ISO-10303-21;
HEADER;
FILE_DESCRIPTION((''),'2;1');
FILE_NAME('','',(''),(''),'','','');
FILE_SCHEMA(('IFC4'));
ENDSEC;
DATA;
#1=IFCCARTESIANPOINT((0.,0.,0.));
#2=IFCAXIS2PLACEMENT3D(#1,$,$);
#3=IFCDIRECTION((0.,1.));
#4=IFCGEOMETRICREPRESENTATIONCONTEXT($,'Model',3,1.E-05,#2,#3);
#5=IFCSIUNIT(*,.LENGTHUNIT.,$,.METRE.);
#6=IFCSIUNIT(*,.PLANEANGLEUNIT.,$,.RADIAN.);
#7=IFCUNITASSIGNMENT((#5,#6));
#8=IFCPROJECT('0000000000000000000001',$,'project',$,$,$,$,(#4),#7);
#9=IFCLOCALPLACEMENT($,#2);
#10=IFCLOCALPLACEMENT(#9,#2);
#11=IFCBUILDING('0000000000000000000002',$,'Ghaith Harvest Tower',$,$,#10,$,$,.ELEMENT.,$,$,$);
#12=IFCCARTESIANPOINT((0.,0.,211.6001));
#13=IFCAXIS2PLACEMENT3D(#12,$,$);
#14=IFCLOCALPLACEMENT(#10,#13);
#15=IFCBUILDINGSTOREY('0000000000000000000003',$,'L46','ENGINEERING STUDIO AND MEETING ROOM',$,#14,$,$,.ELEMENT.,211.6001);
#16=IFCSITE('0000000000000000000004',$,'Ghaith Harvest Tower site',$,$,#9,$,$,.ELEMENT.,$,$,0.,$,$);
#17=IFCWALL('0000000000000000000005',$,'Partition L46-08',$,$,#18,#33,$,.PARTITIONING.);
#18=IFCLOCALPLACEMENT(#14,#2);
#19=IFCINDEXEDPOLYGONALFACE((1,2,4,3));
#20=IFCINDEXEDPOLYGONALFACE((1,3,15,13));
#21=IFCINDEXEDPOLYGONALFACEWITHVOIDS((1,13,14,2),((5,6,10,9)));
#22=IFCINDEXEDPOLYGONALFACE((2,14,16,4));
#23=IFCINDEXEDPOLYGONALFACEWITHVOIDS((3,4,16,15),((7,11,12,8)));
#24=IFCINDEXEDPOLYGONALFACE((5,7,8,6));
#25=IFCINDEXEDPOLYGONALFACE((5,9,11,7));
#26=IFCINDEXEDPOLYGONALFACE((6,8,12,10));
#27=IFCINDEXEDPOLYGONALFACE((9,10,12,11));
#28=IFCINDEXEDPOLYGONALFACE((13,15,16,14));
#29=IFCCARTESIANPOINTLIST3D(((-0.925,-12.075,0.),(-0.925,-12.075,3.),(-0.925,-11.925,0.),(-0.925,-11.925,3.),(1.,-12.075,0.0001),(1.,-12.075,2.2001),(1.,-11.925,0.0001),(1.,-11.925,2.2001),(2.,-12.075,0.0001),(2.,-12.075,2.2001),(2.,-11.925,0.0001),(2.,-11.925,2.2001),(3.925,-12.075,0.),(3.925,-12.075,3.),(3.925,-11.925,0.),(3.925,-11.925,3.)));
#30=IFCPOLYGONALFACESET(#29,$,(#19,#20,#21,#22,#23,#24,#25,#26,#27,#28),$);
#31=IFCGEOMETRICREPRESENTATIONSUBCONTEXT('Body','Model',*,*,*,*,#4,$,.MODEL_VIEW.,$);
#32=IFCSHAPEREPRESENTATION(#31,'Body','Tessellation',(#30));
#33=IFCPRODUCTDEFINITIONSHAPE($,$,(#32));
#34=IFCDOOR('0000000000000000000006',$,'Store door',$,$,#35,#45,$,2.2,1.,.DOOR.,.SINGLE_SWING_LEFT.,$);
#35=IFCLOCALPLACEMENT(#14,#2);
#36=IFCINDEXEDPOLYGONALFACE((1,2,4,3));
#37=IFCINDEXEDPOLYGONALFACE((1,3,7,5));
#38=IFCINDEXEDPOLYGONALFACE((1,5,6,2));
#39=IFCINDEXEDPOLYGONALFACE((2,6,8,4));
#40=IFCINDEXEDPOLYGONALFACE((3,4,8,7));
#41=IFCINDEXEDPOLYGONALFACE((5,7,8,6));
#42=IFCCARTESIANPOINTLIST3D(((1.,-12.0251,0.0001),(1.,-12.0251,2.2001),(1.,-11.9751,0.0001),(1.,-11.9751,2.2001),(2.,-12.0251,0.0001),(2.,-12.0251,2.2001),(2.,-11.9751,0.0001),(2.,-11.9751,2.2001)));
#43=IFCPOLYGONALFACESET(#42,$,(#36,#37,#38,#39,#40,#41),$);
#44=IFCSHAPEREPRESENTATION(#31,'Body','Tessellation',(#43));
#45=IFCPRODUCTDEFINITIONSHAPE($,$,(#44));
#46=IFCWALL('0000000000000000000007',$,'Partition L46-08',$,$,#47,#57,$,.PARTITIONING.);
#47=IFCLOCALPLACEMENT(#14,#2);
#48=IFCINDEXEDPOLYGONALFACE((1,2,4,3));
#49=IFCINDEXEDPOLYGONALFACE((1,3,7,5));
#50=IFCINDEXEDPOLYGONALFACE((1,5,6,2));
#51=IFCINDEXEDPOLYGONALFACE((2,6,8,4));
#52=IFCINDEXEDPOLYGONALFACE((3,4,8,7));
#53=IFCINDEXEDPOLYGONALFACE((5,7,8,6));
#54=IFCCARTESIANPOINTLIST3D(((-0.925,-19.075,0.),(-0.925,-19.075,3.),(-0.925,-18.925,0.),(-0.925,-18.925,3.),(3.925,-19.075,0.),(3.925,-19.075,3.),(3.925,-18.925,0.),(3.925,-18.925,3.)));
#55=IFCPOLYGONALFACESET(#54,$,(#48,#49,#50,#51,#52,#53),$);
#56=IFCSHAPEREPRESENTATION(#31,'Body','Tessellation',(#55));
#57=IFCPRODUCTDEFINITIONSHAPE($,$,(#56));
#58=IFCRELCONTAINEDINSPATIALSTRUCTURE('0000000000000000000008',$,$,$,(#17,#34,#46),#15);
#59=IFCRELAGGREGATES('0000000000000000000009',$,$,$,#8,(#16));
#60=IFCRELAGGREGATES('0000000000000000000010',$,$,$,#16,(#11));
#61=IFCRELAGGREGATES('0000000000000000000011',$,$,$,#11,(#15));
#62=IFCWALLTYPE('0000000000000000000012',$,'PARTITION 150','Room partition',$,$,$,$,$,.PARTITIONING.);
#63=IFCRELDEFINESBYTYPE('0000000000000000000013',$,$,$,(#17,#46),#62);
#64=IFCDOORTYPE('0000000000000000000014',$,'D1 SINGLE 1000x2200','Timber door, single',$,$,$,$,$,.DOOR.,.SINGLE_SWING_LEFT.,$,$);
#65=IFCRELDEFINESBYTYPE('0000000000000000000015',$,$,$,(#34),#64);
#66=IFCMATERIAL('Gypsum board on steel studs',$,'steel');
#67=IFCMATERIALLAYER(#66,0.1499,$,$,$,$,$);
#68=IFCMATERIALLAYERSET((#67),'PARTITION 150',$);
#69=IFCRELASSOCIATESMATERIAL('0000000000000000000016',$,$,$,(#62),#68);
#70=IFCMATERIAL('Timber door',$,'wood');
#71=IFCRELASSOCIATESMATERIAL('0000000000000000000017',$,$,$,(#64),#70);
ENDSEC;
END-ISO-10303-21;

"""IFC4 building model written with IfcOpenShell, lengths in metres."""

from ifc_helpers import new_model, si_unit, direction, frame, frame_2d, origin, place, context, subcontext, project, spatial, rectangle, extrude, material, layer, layer_set, type_object, element, fill, save


model = new_model("IFC4")

# Units and contexts
model_context = context("Model", 3, precision=1e-05, world=origin(), true_north=direction((0.0, 1.0)))
body_context = subcontext(model_context, "Body", "Model", "MODEL_VIEW")
ifc_project = project(units=[si_unit("LENGTHUNIT", "METRE"), si_unit("PLANEANGLEUNIT", "RADIAN")], contexts=[model_context])

# Site, building, storey
site_placement = place(None, origin())
site = spatial("IfcSite", under=ifc_project, at=site_placement, Name="Ghaith Harvest Tower site", CompositionType="ELEMENT", RefElevation=0.0)
building_placement = place(site_placement, origin())
building = spatial("IfcBuilding", under=site, at=building_placement, Name="Ghaith Harvest Tower", CompositionType="ELEMENT")
storey_placement = place(building_placement, frame((0.0, 0.0, 211.6001)))
storey = spatial("IfcBuildingStorey", under=building, at=storey_placement, Name="L46", Description="ENGINEERING STUDIO AND MEETING ROOM", CompositionType="ELEMENT", Elevation=211.6001)

# Shared definitions
ifc_material_1 = material(Name="Gypsum board on steel studs", Category="steel")
ifc_layer_1 = layer(ifc_material_1, 0.1499)
ifc_layer_set_1 = layer_set([ifc_layer_1], Name="PARTITION 150")
wall_type = type_object("IfcWallType", Name="PARTITION 150", Description="Room partition", PredefinedType="PARTITIONING", material=ifc_layer_set_1)

# Wall, opening, door
wall_1_placement = place(storey_placement, frame((-0.925, -12.0, 0.0), z_axis=(0.0, 0.0, 1.0), x_axis=(1.0, 0.0, 0.0)))
wall_1 = element("IfcWall", 1, at=wall_1_placement, inside=storey, type_object=wall_type, Name="Partition L46-08", PredefinedType="PARTITIONING", context=body_context, shape_type="SweptSolid", body=[
    extrude(rectangle(XDim=4.8501, YDim=0.1499, at=frame_2d((2.425, 0.0))), origin(), (0.0, 0.0, 1.0), 3.0),
])
opening_1_placement = place(wall_1_placement, frame((1.925, 0.0, 0.0)))
opening_1 = element("IfcOpeningElement", 2, at=opening_1_placement, cuts=wall_1, PredefinedType="OPENING", context=body_context, shape_type="SweptSolid", body=[
    extrude(rectangle(XDim=1.0, YDim=2.2, at=frame_2d((0.5, 1.1001))), frame((0.0, 0.085, 0.0), z_axis=(0.0, -1.0, 0.0), x_axis=(1.0, 0.0, 0.0)), (0.0, 0.0, 1.0), 0.1699),
])
ifc_material_2 = material(Name="Timber door", Category="wood")
door_type_1 = type_object("IfcDoorType", Name="D1 SINGLE 1000x2200", Description="Timber door, single", OperationType="SINGLE_SWING_LEFT", PredefinedType="DOOR", material=ifc_material_2)
door_1_placement = place(opening_1_placement, origin())
door_1 = element("IfcDoor", 3, at=door_1_placement, inside=storey, type_object=door_type_1, Name="Store door", OperationType="SINGLE_SWING_LEFT", OverallHeight=2.2, OverallWidth=1.0, PredefinedType="DOOR", context=body_context, shape_type="SweptSolid", body=[
    extrude(rectangle(XDim=1.0, YDim=2.2, at=frame_2d((0.5, 1.1001))), frame((0.0, 0.0249, 0.0), z_axis=(0.0, -1.0, 0.0), x_axis=(1.0, 0.0, 0.0)), (0.0, 0.0, 1.0), 0.05),
])
fill(opening_1, door_1)

# Wall
wall_2_placement = place(storey_placement, frame((-0.925, -19.0, 0.0), z_axis=(0.0, 0.0, 1.0), x_axis=(1.0, 0.0, 0.0)))
element("IfcWall", 4, at=wall_2_placement, inside=storey, type_object=wall_type, Name="Partition L46-08", PredefinedType="PARTITIONING", context=body_context, shape_type="SweptSolid", body=[
    extrude(rectangle(XDim=4.8501, YDim=0.1499, at=frame_2d((2.425, 0.0))), origin(), (0.0, 0.0, 1.0), 3.0),
])

save(model, "model.ifc")
